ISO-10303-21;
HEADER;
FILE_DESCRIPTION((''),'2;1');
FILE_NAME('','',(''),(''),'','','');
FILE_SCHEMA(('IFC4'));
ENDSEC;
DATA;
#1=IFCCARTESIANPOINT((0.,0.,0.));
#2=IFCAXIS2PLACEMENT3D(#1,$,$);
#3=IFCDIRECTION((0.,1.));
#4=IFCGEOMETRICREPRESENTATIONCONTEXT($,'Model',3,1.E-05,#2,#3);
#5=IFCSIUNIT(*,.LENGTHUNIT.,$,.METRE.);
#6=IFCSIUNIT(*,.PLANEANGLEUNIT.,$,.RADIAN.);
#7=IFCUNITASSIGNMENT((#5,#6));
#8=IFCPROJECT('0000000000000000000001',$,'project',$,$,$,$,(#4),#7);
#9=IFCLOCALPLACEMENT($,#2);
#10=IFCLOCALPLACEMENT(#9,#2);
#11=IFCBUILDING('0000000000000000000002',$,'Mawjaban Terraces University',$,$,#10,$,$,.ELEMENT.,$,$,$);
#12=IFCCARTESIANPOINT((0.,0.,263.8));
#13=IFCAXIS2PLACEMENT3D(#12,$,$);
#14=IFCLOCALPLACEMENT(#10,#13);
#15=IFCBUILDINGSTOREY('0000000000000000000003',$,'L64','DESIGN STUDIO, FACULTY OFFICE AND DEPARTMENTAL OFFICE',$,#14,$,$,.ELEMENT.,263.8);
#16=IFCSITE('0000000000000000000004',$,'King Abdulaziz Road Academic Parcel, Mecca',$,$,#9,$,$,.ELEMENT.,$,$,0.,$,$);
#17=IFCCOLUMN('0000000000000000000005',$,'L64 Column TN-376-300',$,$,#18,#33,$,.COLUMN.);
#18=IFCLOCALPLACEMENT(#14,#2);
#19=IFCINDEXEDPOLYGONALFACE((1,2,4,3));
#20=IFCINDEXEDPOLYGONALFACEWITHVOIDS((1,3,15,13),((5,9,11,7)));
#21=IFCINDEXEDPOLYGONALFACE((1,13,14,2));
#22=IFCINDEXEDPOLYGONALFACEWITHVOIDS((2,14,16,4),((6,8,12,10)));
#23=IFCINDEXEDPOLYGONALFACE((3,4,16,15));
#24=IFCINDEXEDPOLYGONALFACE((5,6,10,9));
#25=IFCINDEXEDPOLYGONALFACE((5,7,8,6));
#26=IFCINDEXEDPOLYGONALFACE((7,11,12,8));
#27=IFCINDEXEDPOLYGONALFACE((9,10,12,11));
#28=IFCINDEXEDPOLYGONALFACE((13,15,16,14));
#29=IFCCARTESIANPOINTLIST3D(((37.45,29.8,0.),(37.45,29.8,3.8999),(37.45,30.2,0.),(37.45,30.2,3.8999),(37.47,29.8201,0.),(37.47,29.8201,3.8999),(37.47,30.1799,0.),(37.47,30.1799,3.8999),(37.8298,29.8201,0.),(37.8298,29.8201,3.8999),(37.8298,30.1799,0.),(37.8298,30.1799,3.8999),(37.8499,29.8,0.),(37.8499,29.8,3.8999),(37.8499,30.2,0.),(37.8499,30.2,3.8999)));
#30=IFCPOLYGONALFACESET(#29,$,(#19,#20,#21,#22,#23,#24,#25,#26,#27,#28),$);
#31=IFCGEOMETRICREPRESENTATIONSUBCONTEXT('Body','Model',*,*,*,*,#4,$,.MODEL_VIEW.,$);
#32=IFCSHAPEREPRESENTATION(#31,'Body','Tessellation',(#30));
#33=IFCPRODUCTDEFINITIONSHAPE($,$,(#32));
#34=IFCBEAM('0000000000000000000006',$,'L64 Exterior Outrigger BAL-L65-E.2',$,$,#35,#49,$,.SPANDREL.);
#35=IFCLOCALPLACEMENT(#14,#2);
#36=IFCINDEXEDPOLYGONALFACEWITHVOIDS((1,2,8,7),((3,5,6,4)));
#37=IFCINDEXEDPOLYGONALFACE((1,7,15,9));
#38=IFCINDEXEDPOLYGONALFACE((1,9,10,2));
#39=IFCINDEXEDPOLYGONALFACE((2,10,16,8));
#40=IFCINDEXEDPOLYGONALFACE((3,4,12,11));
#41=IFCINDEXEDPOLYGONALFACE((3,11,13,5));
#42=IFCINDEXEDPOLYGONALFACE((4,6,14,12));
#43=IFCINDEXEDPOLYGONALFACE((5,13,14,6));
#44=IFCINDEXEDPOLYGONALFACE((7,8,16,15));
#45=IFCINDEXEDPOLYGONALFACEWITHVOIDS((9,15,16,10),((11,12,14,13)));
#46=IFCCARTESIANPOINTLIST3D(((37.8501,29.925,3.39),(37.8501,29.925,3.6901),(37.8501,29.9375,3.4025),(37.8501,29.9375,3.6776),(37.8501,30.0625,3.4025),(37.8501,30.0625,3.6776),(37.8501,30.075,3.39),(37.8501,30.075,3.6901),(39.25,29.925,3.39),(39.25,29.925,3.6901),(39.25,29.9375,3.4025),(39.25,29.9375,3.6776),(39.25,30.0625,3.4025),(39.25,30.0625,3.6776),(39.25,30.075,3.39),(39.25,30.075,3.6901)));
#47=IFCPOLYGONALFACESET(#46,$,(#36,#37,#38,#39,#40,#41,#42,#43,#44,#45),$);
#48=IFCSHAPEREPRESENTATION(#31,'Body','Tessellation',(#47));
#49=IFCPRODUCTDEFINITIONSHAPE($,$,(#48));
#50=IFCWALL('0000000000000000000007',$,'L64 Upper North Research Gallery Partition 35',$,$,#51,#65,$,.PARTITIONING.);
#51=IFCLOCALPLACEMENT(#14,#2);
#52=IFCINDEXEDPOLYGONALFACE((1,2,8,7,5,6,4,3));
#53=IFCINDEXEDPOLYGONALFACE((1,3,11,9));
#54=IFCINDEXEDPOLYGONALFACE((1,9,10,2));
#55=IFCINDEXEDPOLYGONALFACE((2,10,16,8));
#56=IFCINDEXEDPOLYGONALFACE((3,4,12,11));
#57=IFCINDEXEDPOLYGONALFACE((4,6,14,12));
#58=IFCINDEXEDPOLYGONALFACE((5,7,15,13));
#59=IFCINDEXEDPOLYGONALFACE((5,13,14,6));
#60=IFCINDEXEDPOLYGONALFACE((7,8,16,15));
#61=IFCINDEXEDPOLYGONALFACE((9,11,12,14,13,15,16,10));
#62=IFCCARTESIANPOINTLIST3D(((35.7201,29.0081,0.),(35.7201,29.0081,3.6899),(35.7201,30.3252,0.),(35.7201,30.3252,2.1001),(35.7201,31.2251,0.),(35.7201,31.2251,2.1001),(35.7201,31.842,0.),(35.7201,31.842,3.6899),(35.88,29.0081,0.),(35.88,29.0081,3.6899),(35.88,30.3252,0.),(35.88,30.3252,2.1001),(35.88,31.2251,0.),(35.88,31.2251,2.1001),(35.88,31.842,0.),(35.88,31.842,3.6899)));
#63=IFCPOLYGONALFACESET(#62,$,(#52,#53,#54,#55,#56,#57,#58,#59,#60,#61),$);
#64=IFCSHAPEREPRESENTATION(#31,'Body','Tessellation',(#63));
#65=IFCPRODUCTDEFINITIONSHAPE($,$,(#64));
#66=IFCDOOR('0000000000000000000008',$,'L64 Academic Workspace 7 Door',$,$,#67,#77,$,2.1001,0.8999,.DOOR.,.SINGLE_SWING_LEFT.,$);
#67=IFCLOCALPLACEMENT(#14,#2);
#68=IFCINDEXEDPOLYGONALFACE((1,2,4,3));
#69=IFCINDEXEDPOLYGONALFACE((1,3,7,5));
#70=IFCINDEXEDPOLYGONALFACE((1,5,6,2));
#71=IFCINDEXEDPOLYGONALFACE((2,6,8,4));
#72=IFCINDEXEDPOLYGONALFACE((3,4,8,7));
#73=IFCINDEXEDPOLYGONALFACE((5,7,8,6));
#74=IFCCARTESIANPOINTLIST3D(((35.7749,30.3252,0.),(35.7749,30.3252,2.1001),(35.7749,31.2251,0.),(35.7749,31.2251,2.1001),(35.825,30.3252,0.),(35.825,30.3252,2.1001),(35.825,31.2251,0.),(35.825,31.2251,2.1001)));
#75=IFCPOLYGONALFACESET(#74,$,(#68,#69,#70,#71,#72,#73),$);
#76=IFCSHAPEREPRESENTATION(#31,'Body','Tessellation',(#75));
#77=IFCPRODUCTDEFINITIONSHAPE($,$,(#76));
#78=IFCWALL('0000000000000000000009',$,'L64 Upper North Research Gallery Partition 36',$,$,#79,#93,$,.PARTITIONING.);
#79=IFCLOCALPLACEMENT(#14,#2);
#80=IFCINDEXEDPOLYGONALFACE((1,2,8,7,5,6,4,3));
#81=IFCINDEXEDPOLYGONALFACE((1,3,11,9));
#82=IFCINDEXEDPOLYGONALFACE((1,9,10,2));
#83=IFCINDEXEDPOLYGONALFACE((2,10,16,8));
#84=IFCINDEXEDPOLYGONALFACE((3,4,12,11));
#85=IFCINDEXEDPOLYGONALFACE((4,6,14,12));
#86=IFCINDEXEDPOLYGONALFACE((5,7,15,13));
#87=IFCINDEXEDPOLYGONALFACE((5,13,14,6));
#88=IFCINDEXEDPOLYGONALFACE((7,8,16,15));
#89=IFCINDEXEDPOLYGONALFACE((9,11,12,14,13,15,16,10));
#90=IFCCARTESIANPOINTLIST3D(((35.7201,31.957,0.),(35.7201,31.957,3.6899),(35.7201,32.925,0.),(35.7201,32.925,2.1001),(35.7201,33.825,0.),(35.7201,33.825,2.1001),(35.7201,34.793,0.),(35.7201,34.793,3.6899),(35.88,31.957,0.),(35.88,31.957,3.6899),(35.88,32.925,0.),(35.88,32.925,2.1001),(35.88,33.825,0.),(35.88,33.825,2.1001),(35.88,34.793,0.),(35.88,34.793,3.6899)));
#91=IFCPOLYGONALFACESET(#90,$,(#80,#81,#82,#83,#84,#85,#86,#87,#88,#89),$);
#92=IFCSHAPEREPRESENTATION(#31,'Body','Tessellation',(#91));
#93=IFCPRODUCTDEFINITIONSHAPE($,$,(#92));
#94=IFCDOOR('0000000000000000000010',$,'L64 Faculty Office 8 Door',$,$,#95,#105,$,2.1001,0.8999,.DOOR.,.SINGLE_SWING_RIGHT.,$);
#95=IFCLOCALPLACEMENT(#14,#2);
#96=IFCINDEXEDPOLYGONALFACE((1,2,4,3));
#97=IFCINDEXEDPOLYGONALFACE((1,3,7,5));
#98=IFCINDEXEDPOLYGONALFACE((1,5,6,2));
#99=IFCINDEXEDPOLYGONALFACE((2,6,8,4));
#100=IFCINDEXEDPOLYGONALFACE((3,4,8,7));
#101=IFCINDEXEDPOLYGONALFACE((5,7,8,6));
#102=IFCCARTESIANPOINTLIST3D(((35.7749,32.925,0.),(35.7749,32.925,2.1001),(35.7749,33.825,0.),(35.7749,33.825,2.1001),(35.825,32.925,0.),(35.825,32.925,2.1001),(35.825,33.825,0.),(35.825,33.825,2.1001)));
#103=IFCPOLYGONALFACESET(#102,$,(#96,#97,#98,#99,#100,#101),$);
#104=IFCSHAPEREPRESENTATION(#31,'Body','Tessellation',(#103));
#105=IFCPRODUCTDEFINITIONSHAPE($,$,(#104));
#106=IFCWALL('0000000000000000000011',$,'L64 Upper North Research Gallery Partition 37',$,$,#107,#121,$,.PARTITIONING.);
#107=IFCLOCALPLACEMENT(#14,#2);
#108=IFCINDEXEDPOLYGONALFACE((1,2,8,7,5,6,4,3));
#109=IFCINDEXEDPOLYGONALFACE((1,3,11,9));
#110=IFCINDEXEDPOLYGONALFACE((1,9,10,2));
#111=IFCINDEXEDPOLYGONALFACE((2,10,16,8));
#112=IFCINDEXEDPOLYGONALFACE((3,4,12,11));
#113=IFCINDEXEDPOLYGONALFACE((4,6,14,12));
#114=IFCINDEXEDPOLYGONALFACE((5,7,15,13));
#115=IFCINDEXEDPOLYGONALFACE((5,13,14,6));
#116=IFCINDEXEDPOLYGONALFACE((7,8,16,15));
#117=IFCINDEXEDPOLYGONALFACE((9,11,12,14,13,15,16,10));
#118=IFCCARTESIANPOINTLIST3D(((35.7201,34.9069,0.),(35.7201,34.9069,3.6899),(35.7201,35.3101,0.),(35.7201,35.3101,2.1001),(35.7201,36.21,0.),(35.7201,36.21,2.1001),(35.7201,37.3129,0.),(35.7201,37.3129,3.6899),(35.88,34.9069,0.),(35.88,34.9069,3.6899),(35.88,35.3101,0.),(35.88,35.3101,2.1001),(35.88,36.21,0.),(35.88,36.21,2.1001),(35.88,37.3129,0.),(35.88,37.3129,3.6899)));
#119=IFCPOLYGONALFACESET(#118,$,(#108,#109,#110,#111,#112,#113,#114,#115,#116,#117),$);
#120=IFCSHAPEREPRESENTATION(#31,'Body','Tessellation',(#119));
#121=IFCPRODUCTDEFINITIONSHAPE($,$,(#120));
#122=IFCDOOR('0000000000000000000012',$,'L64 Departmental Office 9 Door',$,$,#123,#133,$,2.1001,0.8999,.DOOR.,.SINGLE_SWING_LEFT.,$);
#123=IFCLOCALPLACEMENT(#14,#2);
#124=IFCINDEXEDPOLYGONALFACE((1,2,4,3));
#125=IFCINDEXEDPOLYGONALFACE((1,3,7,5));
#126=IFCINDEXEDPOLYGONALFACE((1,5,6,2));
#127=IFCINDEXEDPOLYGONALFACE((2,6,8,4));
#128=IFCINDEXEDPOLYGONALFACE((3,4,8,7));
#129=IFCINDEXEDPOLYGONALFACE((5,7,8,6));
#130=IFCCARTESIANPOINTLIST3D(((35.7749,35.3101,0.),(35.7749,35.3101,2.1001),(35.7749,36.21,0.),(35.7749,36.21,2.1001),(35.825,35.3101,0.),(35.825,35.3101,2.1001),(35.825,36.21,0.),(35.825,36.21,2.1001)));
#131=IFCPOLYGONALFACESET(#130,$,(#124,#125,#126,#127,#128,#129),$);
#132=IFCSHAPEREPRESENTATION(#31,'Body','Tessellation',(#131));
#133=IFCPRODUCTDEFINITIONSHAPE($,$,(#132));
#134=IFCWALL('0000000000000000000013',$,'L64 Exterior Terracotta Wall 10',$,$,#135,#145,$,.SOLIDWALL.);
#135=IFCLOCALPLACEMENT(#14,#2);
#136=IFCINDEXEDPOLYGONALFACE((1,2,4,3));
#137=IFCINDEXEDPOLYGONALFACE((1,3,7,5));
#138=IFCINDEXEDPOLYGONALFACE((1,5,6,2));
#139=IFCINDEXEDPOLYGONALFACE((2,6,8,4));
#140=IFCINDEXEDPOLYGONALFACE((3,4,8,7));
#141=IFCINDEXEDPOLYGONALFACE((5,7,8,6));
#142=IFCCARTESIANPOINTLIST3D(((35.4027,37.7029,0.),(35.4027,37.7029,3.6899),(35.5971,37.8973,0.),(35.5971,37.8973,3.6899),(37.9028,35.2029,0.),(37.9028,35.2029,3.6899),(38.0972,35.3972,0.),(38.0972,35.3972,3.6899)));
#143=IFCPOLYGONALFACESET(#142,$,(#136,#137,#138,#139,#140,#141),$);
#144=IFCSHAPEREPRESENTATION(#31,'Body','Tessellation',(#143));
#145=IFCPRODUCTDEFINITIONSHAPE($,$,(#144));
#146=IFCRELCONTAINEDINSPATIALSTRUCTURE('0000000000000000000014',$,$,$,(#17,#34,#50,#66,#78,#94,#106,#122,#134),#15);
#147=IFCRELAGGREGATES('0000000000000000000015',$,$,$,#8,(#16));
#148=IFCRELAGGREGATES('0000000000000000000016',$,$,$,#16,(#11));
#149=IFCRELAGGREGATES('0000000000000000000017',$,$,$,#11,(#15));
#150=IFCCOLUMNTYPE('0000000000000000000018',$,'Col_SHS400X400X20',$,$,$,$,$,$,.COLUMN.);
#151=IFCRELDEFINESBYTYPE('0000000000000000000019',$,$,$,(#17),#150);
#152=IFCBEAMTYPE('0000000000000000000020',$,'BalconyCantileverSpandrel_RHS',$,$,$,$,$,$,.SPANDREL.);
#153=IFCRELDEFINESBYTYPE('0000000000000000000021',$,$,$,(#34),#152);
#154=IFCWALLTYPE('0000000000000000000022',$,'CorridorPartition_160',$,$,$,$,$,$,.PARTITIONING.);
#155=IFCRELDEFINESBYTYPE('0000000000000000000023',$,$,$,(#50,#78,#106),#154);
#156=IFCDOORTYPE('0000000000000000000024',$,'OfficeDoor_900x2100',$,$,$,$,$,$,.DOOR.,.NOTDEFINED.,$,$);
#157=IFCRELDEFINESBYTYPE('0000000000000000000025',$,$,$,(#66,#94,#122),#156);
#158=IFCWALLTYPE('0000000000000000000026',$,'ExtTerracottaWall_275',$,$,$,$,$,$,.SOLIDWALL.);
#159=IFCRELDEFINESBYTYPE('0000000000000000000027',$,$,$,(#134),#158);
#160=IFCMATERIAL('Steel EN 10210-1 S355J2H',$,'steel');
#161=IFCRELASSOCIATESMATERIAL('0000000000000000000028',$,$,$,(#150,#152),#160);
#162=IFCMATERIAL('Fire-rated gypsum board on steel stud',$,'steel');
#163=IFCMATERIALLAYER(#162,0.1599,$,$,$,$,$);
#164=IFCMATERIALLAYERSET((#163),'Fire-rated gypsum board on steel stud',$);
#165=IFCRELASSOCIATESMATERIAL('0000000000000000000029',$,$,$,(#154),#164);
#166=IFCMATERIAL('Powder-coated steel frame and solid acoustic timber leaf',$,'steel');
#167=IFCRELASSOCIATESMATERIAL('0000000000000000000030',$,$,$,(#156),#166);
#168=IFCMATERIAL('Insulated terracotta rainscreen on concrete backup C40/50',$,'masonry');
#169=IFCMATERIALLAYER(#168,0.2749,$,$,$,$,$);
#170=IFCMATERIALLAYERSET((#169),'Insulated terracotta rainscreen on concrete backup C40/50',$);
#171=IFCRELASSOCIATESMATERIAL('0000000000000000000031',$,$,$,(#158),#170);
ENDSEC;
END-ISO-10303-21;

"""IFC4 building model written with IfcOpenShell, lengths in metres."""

from ifc_helpers import new_model, si_unit, direction, frame, frame_2d, origin, origin_2d, place, context, subcontext, project, spatial, rectangle, hollow_rectangle, extrude, material, layer, layer_set, material_profile, profile_set, type_object, element, fill, save


model = new_model("IFC4")

# Units and contexts
model_context = context("Model", 3, precision=1e-05, world=origin(), true_north=direction((0.0, 1.0)))
body_context = subcontext(model_context, "Body", "Model", "MODEL_VIEW")
ifc_project = project(units=[si_unit("LENGTHUNIT", "METRE"), si_unit("PLANEANGLEUNIT", "RADIAN")], contexts=[model_context])

# Site, building, storey
site_placement = place(None, origin())
site = spatial("IfcSite", under=ifc_project, at=site_placement, Name="King Abdulaziz Road Academic Parcel, Mecca", CompositionType="ELEMENT", RefElevation=0.0)
building_placement = place(site_placement, origin())
building = spatial("IfcBuilding", under=site, at=building_placement, Name="Mawjaban Terraces University", CompositionType="ELEMENT")
storey_placement = place(building_placement, frame((0.0, 0.0, 263.8)))
storey = spatial("IfcBuildingStorey", under=building, at=storey_placement, Name="L64", Description="DESIGN STUDIO, FACULTY OFFICE AND DEPARTMENTAL OFFICE", CompositionType="ELEMENT", Elevation=263.8)

# Column
ifc_material_1 = material(Name="Steel EN 10210-1 S355J2H", Category="steel")
ifc_material_profile_1 = material_profile(ifc_material_1, hollow_rectangle(XDim=0.3999, YDim=0.3999, WallThickness=0.02, at=origin_2d()), Name="SHS400X400X20")
ifc_profile_set_1 = profile_set([ifc_material_profile_1], Name="Steel EN 10210-1 S355J2H")
column_type = type_object("IfcColumnType", Name="Col_SHS400X400X20", PredefinedType="COLUMN", material=ifc_profile_set_1)
column_placement = place(storey_placement, frame((37.6499, 30.0, 0.0), z_axis=(0.0, 0.0, 1.0), x_axis=(1.0, 0.0, 0.0)))
element("IfcColumn", 1, at=column_placement, inside=storey, type_object=column_type, Name="L64 Column TN-376-300", PredefinedType="COLUMN", context=body_context, shape_type="SweptSolid", body=[
    extrude(hollow_rectangle(XDim=0.3999, YDim=0.3999, WallThickness=0.02, at=origin_2d()), origin(), (0.0, 0.0, 1.0), 3.8999),
])

# Beam
ifc_material_profile_2 = material_profile(ifc_material_1, hollow_rectangle(XDim=0.1499, YDim=0.3, WallThickness=0.0125, at=origin_2d()), Name="RHS300X150X12.5")
ifc_profile_set_2 = profile_set([ifc_material_profile_2], Name="Steel EN 10210-1 S355J2H")
beam_type = type_object("IfcBeamType", Name="BalconyCantileverSpandrel_RHS", PredefinedType="SPANDREL", material=ifc_profile_set_2)
beam_placement = place(storey_placement, frame((37.8501, 30.0, 3.54), z_axis=(1.0, 0.0, 0.0), x_axis=(0.0, 1.0, 0.0)))
element("IfcBeam", 2, at=beam_placement, inside=storey, type_object=beam_type, Name="L64 Exterior Outrigger BAL-L65-E.2", PredefinedType="SPANDREL", context=body_context, shape_type="SweptSolid", body=[
    extrude(hollow_rectangle(XDim=0.1499, YDim=0.3, WallThickness=0.0125, at=origin_2d()), origin(), (0.0, 0.0, 1.0), 1.3999),
])

# Walls, openings, doors
ifc_material_2 = material(Name="Fire-rated gypsum board on steel stud", Category="steel")
ifc_layer_1 = layer(ifc_material_2, 0.1599)
ifc_layer_set_1 = layer_set([ifc_layer_1], Name="Fire-rated gypsum board on steel stud")
wall_type_1 = type_object("IfcWallType", Name="CorridorPartition_160", PredefinedType="PARTITIONING", material=ifc_layer_set_1)
wall_1_placement = place(storey_placement, frame((35.8, 31.842, 0.0), z_axis=(0.0, 0.0, 1.0), x_axis=(0.0, -1.0, 0.0)))
wall_1 = element("IfcWall", 3, at=wall_1_placement, inside=storey, type_object=wall_type_1, Name="L64 Upper North Research Gallery Partition 35", PredefinedType="PARTITIONING", context=body_context, shape_type="SweptSolid", body=[
    extrude(rectangle(XDim=2.834, YDim=0.1599, at=frame_2d((1.417, 0.0))), origin(), (0.0, 0.0, 1.0), 3.6899),
])
opening_1_placement = place(wall_1_placement, frame((0.6169, 0.0, 0.0)))
opening_1 = element("IfcOpeningElement", 4, at=opening_1_placement, cuts=wall_1, PredefinedType="OPENING", context=body_context, shape_type="SweptSolid", body=[
    extrude(rectangle(XDim=0.8999, YDim=2.1001, at=frame_2d((0.45, 1.05))), frame((0.0, 0.0898, 0.0), z_axis=(0.0, -1.0, 0.0), x_axis=(1.0, 0.0, 0.0)), (0.0, 0.0, 1.0), 0.1799),
])
ifc_material_3 = material(Name="Powder-coated steel frame and solid acoustic timber leaf", Category="steel")
door_type = type_object("IfcDoorType", Name="OfficeDoor_900x2100", OperationType="NOTDEFINED", PredefinedType="DOOR", material=ifc_material_3)
door_1_placement = place(opening_1_placement, origin())
door_1 = element("IfcDoor", 5, at=door_1_placement, inside=storey, type_object=door_type, Name="L64 Academic Workspace 7 Door", OperationType="SINGLE_SWING_LEFT", OverallHeight=2.1001, OverallWidth=0.8999, PredefinedType="DOOR", context=body_context, shape_type="SweptSolid", body=[
    extrude(rectangle(XDim=0.8999, YDim=2.1001, at=frame_2d((0.45, 1.05))), frame((0.0, 0.0249, 0.0), z_axis=(0.0, -1.0, 0.0), x_axis=(1.0, 0.0, 0.0)), (0.0, 0.0, 1.0), 0.05),
])
fill(opening_1, door_1)
wall_2_placement = place(storey_placement, frame((35.8, 34.793, 0.0), z_axis=(0.0, 0.0, 1.0), x_axis=(0.0, -1.0, 0.0)))
wall_2 = element("IfcWall", 6, at=wall_2_placement, inside=storey, type_object=wall_type_1, Name="L64 Upper North Research Gallery Partition 36", PredefinedType="PARTITIONING", context=body_context, shape_type="SweptSolid", body=[
    extrude(rectangle(XDim=2.8359, YDim=0.1599, at=frame_2d((1.418, 0.0))), origin(), (0.0, 0.0, 1.0), 3.6899),
])
opening_2_placement = place(wall_2_placement, frame((0.968, 0.0, 0.0)))
opening_2 = element("IfcOpeningElement", 7, at=opening_2_placement, cuts=wall_2, PredefinedType="OPENING", context=body_context, shape_type="SweptSolid", body=[
    extrude(rectangle(XDim=0.8999, YDim=2.1001, at=frame_2d((0.45, 1.05))), frame((0.0, 0.0898, 0.0), z_axis=(0.0, -1.0, 0.0), x_axis=(1.0, 0.0, 0.0)), (0.0, 0.0, 1.0), 0.1799),
])
door_2_placement = place(opening_2_placement, origin())
door_2 = element("IfcDoor", 8, at=door_2_placement, inside=storey, type_object=door_type, Name="L64 Faculty Office 8 Door", OperationType="SINGLE_SWING_RIGHT", OverallHeight=2.1001, OverallWidth=0.8999, PredefinedType="DOOR", context=body_context, shape_type="SweptSolid", body=[
    extrude(rectangle(XDim=0.8999, YDim=2.1001, at=frame_2d((0.45, 1.05))), frame((0.0, 0.0249, 0.0), z_axis=(0.0, -1.0, 0.0), x_axis=(1.0, 0.0, 0.0)), (0.0, 0.0, 1.0), 0.05),
])
fill(opening_2, door_2)
wall_3_placement = place(storey_placement, frame((35.8, 37.313, 0.0), z_axis=(0.0, 0.0, 1.0), x_axis=(0.0, -1.0, 0.0)))
wall_3 = element("IfcWall", 9, at=wall_3_placement, inside=storey, type_object=wall_type_1, Name="L64 Upper North Research Gallery Partition 37", PredefinedType="PARTITIONING", context=body_context, shape_type="SweptSolid", body=[
    extrude(rectangle(XDim=2.406, YDim=0.1599, at=frame_2d((1.2031, 0.0))), origin(), (0.0, 0.0, 1.0), 3.6899),
])
opening_3_placement = place(wall_3_placement, frame((1.103, 0.0, 0.0)))
opening_3 = element("IfcOpeningElement", 10, at=opening_3_placement, cuts=wall_3, PredefinedType="OPENING", context=body_context, shape_type="SweptSolid", body=[
    extrude(rectangle(XDim=0.8999, YDim=2.1001, at=frame_2d((0.45, 1.05))), frame((0.0, 0.0898, 0.0), z_axis=(0.0, -1.0, 0.0), x_axis=(1.0, 0.0, 0.0)), (0.0, 0.0, 1.0), 0.1799),
])
door_3_placement = place(opening_3_placement, origin())
door_3 = element("IfcDoor", 11, at=door_3_placement, inside=storey, type_object=door_type, Name="L64 Departmental Office 9 Door", OperationType="SINGLE_SWING_LEFT", OverallHeight=2.1001, OverallWidth=0.8999, PredefinedType="DOOR", context=body_context, shape_type="SweptSolid", body=[
    extrude(rectangle(XDim=0.8999, YDim=2.1001, at=frame_2d((0.45, 1.05))), frame((0.0, 0.0249, 0.0), z_axis=(0.0, -1.0, 0.0), x_axis=(1.0, 0.0, 0.0)), (0.0, 0.0, 1.0), 0.05),
])
fill(opening_3, door_3)

# Wall
ifc_material_4 = material(Name="Insulated terracotta rainscreen on concrete backup C40/50", Category="masonry")
ifc_layer_2 = layer(ifc_material_4, 0.2749)
ifc_layer_set_2 = layer_set([ifc_layer_2], Name="Insulated terracotta rainscreen on concrete backup C40/50")
wall_type_2 = type_object("IfcWallType", Name="ExtTerracottaWall_275", PredefinedType="SOLIDWALL", material=ifc_layer_set_2)
wall_4_placement = place(storey_placement, frame((38.0, 35.3, 0.0), z_axis=(0.0, 0.0, 1.0), x_axis=(-0.707107, 0.707107, 0.0)))
element("IfcWall", 12, at=wall_4_placement, inside=storey, type_object=wall_type_2, Name="L64 Exterior Terracotta Wall 10", PredefinedType="SOLIDWALL", context=body_context, shape_type="SweptSolid", body=[
    extrude(rectangle(XDim=3.5356, YDim=0.2749, at=frame_2d((1.7678, 0.0))), origin(), (0.0, 0.0, 1.0), 3.6899),
])

save(model, "model.ifc")
